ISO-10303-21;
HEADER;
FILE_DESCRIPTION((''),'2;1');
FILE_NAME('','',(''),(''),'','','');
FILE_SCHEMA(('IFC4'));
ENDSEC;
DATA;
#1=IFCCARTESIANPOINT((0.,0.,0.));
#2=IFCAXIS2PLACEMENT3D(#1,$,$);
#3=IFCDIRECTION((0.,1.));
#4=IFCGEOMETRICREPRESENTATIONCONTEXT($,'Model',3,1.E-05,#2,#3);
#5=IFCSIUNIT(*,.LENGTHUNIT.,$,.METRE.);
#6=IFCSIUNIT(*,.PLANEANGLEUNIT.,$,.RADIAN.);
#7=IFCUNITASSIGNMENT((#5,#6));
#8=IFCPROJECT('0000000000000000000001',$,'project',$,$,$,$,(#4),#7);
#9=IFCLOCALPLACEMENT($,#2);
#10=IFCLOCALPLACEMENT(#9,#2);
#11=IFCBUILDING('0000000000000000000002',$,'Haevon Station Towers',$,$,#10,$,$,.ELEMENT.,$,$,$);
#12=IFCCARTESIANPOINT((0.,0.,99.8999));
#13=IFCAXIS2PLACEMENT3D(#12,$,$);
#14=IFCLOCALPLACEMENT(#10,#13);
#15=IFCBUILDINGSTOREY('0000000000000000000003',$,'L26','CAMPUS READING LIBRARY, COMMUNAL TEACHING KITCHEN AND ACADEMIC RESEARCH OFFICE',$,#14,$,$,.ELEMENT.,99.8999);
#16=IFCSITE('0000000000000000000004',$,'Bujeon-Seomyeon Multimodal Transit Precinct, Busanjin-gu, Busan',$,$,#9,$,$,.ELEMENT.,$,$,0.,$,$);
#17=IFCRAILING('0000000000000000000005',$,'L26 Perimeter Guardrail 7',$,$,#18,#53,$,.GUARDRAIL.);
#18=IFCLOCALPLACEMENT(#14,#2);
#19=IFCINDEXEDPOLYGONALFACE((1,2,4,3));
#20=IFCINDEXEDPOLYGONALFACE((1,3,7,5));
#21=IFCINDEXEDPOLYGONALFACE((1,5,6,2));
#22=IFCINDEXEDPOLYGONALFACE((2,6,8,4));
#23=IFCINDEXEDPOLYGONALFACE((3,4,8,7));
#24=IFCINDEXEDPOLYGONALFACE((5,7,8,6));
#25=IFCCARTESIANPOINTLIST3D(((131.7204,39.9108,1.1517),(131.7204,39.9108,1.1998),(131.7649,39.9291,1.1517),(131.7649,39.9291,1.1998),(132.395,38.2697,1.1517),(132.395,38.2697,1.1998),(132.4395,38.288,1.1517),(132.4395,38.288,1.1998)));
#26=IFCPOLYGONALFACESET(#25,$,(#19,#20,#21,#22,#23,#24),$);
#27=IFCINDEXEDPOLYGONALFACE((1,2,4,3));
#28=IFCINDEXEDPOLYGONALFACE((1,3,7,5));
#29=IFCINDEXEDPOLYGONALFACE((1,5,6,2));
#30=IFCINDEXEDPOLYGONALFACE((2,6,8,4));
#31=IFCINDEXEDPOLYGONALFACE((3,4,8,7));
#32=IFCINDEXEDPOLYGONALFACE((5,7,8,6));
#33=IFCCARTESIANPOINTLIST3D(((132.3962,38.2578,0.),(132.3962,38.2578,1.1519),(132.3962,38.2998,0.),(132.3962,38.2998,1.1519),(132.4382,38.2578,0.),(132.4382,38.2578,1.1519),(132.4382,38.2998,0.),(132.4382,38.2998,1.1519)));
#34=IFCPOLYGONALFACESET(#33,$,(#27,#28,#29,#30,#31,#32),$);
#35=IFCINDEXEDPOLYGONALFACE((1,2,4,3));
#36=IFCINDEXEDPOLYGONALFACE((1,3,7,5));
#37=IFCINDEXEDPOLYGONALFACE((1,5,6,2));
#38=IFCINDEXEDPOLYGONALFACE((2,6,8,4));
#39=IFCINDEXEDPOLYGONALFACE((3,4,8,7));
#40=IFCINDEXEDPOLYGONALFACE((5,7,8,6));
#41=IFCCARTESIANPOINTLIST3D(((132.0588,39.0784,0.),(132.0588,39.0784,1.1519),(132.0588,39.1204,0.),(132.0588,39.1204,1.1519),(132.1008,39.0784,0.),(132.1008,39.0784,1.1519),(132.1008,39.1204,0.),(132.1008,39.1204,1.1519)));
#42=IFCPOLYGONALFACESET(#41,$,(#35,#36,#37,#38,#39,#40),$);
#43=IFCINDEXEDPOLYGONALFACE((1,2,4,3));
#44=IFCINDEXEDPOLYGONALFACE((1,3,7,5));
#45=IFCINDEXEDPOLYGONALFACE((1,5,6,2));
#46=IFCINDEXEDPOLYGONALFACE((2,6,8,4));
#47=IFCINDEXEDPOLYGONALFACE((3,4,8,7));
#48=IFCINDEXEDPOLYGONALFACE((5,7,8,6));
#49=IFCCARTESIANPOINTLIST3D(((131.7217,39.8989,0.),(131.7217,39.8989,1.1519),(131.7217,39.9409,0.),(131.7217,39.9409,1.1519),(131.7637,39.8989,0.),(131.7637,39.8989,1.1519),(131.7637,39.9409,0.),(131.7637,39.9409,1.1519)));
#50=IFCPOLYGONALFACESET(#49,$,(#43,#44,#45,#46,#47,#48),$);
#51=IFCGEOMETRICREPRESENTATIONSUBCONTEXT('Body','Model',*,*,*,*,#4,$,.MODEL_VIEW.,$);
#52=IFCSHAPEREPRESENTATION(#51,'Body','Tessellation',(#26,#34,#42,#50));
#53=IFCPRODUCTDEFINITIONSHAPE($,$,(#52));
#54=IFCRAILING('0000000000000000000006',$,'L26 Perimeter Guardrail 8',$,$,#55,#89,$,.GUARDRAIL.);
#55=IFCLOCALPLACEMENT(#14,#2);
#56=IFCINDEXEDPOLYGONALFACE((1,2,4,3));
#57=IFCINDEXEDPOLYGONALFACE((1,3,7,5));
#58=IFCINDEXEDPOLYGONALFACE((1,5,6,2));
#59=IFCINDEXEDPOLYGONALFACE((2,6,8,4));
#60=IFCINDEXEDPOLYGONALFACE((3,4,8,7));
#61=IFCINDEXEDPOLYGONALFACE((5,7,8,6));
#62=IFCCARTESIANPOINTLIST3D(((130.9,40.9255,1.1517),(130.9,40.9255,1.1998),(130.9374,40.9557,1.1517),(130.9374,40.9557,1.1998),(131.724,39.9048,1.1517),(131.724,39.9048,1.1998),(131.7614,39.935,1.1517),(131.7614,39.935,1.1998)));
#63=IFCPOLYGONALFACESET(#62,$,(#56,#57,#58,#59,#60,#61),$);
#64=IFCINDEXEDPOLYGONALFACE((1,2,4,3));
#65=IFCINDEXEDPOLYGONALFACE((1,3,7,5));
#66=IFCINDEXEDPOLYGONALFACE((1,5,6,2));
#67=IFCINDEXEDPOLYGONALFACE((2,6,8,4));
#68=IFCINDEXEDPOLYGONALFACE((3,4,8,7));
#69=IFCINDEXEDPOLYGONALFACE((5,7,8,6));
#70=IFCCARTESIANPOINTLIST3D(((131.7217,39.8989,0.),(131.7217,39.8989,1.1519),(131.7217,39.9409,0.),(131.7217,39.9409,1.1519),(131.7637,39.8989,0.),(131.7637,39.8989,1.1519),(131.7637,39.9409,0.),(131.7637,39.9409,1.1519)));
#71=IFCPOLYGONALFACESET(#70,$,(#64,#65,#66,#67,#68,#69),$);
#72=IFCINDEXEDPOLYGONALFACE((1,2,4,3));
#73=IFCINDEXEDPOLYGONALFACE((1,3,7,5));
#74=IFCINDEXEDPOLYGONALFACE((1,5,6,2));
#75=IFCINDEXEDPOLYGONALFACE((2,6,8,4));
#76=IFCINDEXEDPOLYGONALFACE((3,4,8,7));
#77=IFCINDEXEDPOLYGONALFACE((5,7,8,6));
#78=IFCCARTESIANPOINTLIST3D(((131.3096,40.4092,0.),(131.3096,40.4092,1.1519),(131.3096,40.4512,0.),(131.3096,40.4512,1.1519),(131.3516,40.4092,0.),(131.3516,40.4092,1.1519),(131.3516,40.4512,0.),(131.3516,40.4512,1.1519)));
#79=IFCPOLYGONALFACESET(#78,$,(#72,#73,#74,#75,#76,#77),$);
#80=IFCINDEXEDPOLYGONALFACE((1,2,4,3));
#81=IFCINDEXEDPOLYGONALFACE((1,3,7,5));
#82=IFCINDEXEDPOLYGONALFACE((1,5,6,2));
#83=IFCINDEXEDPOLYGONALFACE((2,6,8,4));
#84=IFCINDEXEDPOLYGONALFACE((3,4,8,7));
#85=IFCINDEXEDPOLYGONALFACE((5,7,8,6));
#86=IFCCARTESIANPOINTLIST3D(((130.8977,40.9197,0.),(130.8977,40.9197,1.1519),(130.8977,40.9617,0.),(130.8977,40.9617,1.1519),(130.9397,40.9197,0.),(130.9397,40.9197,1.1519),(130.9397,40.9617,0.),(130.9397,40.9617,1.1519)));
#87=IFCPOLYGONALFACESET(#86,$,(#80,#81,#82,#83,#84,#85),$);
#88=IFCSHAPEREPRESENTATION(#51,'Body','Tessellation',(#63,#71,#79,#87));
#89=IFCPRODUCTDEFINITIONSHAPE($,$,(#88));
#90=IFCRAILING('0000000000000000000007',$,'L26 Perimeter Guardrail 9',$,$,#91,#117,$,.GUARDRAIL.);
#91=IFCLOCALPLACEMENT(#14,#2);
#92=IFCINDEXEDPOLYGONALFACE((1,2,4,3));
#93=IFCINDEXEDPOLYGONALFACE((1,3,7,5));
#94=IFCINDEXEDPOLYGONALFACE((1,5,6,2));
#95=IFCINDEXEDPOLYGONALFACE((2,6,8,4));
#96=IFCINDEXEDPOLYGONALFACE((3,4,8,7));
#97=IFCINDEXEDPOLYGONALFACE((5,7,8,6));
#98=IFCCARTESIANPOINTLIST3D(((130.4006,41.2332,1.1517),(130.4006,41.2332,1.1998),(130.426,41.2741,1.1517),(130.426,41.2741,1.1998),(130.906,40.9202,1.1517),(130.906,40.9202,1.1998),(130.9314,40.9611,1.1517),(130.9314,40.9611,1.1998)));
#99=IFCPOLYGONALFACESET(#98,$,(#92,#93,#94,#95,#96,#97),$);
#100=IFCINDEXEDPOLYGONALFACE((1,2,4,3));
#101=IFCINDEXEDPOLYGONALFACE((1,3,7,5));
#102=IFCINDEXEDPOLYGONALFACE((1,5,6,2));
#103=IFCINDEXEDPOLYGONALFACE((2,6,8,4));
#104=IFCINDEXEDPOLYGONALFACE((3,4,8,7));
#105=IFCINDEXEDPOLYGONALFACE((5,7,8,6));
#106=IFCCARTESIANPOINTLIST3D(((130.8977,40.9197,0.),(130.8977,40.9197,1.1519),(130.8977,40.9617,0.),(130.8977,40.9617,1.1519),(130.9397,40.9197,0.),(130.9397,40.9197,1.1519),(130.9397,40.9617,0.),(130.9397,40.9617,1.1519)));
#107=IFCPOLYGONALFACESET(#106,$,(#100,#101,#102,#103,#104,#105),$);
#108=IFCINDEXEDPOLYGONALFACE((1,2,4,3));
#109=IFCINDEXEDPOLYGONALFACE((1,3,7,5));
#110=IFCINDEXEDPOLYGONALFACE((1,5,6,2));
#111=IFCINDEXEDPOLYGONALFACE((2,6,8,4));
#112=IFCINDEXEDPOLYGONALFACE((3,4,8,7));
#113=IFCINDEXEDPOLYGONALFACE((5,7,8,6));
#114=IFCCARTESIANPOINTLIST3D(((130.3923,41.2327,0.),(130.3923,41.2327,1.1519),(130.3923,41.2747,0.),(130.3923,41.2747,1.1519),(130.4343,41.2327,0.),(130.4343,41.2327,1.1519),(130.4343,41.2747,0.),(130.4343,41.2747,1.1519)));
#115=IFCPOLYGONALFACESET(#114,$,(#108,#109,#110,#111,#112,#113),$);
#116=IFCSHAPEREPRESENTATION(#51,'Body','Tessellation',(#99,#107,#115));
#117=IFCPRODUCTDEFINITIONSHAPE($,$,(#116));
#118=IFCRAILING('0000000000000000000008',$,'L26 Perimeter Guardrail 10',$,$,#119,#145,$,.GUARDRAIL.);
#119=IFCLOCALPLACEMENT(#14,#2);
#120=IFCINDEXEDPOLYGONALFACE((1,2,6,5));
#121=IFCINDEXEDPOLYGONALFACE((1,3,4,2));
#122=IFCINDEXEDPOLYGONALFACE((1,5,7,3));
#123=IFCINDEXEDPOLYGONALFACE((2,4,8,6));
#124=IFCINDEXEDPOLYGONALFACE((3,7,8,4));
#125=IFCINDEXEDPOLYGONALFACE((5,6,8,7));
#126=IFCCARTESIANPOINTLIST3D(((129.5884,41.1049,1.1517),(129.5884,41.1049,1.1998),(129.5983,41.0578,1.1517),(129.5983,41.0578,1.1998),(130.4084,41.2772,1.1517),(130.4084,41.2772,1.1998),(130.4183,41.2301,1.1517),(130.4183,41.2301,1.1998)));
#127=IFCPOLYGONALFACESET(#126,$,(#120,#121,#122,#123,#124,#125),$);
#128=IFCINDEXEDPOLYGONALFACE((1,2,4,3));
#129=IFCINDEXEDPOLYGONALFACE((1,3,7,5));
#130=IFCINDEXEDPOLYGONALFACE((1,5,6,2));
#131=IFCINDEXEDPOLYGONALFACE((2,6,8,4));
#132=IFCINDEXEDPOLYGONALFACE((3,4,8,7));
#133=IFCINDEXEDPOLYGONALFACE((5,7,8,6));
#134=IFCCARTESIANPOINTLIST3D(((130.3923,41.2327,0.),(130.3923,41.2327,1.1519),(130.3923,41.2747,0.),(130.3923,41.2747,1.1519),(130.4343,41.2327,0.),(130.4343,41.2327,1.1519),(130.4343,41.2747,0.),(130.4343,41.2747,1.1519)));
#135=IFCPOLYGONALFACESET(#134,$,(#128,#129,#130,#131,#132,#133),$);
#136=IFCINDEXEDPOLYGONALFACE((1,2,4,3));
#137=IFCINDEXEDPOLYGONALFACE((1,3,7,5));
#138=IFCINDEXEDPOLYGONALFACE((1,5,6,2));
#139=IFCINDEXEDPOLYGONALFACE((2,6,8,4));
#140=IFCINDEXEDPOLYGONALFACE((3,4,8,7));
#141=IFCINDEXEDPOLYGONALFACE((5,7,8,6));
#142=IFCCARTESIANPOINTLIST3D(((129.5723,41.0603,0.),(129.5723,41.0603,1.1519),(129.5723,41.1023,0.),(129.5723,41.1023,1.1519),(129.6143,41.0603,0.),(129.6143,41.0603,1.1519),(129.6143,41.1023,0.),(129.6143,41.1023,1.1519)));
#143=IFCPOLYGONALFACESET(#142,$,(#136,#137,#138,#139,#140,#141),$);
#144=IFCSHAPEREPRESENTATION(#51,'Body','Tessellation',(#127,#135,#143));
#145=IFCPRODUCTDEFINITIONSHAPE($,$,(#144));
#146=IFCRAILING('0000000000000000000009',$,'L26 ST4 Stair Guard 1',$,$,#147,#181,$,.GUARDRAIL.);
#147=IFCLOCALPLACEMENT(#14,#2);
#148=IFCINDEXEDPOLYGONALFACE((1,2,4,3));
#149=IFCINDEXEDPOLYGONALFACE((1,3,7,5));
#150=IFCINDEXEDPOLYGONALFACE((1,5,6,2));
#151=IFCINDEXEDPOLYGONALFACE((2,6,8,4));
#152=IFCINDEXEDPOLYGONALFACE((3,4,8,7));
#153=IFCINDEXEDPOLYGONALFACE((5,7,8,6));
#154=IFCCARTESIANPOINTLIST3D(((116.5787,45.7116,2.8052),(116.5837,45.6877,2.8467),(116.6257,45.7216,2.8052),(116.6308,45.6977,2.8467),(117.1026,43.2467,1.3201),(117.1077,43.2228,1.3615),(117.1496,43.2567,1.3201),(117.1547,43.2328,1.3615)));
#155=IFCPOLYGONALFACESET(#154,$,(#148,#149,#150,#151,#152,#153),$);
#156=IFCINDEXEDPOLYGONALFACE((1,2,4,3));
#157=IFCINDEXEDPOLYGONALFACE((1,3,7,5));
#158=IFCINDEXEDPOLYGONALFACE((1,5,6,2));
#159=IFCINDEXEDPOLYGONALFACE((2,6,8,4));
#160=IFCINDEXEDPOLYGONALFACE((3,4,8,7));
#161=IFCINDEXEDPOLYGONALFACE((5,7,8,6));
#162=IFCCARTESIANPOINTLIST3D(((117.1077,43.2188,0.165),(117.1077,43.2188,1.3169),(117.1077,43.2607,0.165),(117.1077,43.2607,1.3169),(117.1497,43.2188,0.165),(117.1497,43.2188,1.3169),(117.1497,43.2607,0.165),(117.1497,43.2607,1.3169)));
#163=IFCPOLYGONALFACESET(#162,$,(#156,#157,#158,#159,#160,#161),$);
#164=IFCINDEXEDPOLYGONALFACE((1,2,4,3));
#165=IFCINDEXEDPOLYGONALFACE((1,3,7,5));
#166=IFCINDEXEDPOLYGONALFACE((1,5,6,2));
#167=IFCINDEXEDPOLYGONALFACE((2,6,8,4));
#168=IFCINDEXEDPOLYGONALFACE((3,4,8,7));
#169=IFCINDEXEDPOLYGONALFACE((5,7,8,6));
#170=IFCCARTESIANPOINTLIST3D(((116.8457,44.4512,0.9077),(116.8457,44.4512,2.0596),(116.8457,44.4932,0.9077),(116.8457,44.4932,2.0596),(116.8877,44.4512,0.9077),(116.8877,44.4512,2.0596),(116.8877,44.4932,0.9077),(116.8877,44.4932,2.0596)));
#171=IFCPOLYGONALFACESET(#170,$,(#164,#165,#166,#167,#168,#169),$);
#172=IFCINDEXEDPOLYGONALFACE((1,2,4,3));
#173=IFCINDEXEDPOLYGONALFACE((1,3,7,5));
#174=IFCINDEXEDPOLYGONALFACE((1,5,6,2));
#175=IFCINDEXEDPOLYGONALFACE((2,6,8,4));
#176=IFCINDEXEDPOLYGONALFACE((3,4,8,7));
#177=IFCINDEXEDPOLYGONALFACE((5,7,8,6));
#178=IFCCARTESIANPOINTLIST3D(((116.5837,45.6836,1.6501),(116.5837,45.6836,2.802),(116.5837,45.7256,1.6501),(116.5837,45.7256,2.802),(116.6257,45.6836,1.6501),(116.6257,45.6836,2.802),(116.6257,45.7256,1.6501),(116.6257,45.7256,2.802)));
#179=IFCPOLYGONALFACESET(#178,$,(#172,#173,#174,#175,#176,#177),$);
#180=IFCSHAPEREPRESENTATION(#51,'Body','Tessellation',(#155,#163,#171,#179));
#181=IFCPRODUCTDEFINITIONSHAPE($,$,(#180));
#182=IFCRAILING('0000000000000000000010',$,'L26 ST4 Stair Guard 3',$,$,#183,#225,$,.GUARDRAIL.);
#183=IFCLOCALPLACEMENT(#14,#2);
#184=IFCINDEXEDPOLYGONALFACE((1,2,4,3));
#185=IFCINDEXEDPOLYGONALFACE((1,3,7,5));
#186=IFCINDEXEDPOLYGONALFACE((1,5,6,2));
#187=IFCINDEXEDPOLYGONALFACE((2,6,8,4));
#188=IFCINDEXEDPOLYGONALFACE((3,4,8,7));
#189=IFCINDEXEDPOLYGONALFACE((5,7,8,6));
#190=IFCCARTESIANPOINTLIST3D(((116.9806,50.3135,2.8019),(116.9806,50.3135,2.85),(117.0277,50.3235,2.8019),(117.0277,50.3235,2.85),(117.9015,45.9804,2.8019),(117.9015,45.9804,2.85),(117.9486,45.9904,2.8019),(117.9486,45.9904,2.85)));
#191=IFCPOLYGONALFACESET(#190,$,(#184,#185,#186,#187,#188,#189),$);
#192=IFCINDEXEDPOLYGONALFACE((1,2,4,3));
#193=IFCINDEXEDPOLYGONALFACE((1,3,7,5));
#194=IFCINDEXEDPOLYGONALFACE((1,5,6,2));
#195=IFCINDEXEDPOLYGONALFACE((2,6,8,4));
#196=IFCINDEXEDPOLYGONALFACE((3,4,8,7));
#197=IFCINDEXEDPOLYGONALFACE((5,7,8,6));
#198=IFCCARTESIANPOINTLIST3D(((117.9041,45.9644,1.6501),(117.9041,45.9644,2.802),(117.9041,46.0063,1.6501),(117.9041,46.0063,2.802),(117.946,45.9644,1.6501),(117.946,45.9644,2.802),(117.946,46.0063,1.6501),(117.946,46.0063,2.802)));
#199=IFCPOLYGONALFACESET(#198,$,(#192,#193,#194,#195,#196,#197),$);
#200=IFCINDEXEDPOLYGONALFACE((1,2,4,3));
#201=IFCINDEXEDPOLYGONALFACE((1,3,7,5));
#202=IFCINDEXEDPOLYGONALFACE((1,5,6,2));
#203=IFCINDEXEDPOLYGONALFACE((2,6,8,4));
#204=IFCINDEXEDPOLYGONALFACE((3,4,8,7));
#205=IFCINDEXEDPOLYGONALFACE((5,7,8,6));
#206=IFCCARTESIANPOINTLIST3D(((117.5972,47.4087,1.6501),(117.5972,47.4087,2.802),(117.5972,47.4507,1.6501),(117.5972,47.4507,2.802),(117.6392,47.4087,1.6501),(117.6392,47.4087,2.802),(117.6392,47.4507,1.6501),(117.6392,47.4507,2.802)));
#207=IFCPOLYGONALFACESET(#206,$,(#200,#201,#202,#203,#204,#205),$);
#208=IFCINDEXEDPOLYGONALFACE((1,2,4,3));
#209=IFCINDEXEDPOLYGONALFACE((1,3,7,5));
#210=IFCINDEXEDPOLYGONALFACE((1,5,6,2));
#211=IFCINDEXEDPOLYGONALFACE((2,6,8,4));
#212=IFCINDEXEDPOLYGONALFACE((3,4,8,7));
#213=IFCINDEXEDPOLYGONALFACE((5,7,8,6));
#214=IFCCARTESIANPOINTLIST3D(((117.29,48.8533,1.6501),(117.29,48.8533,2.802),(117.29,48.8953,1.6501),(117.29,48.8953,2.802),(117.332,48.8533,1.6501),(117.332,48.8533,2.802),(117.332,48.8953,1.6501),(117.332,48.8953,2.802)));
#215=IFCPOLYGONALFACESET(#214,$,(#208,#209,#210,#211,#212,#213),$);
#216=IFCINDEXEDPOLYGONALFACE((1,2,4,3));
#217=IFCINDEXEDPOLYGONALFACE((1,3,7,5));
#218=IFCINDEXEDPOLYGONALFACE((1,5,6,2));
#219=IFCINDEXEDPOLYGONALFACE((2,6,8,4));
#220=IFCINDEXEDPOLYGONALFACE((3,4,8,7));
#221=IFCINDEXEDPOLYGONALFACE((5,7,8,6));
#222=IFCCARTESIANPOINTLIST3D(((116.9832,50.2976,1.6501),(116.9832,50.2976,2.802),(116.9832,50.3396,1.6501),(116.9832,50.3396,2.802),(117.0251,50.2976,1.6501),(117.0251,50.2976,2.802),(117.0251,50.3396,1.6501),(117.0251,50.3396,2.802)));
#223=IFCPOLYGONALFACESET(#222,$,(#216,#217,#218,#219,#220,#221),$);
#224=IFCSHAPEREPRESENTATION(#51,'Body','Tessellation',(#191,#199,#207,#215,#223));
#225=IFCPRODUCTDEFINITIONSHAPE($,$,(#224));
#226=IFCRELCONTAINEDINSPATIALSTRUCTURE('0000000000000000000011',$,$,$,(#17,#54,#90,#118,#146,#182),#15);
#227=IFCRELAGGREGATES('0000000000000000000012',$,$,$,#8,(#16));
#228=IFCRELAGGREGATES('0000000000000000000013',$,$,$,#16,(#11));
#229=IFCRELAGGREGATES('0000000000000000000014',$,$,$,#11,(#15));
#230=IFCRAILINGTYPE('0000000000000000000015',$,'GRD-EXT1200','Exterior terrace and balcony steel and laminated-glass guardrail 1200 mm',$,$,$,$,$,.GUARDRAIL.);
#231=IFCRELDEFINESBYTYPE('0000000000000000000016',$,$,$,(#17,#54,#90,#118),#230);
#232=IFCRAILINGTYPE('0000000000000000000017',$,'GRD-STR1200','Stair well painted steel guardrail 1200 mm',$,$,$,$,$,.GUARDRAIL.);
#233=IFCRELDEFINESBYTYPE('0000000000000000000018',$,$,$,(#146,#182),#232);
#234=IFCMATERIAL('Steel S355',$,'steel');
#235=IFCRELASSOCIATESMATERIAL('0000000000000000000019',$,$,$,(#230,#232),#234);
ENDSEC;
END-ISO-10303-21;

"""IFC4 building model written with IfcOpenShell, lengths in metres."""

from ifc_helpers import new_model, si_unit, direction, frame, origin, origin_2d, place, context, subcontext, project, spatial, rectangle, extrude, material, type_object, element, save


model = new_model("IFC4")

# Units and contexts
model_context = context("Model", 3, precision=1e-05, world=origin(), true_north=direction((0.0, 1.0)))
body_context = subcontext(model_context, "Body", "Model", "MODEL_VIEW")
ifc_project = project(units=[si_unit("LENGTHUNIT", "METRE"), si_unit("PLANEANGLEUNIT", "RADIAN")], contexts=[model_context])

# Site, building, storey
site_placement = place(None, origin())
site = spatial("IfcSite", under=ifc_project, at=site_placement, Name="Bujeon-Seomyeon Multimodal Transit Precinct, Busanjin-gu, Busan", CompositionType="ELEMENT", RefElevation=0.0)
building_placement = place(site_placement, origin())
building = spatial("IfcBuilding", under=site, at=building_placement, Name="Haevon Station Towers", CompositionType="ELEMENT")
storey_placement = place(building_placement, frame((0.0, 0.0, 99.8999)))
storey = spatial("IfcBuildingStorey", under=building, at=storey_placement, Name="L26", Description="CAMPUS READING LIBRARY, COMMUNAL TEACHING KITCHEN AND ACADEMIC RESEARCH OFFICE", CompositionType="ELEMENT", Elevation=99.8999)

# Shared definitions
ifc_material_1 = material(Name="Steel S355", Category="steel")

# Railings
railing_type_1 = type_object("IfcRailingType", Name="GRD-EXT1200", Description="Exterior terrace and balcony steel and laminated-glass guardrail 1200 mm", PredefinedType="GUARDRAIL", material=ifc_material_1)
railing_1_placement = place(storey_placement, frame((132.4172, 38.2788, 0.0)))
element("IfcRailing", 1, at=railing_1_placement, inside=storey, type_object=railing_type_1, Name="L26 Perimeter Guardrail 7", PredefinedType="GUARDRAIL", context=body_context, shape_type="SweptSolid", body=[
    extrude(rectangle(XDim=0.0481, YDim=0.0481, at=origin_2d()), frame((0.0, 0.0, 1.1758), z_axis=(-0.380175, 0.924914, 0.0), x_axis=(-0.924914, -0.380175, 0.0)), (0.0, 0.0, 1.0), 1.7744),
    extrude(rectangle(XDim=0.042, YDim=0.042, at=origin_2d()), origin(), (0.0, 0.0, 1.0), 1.1519),
    extrude(rectangle(XDim=0.042, YDim=0.042, at=origin_2d()), frame((-0.3374, 0.8206, 0.0)), (0.0, 0.0, 1.0), 1.1519),
    extrude(rectangle(XDim=0.042, YDim=0.042, at=origin_2d()), frame((-0.6746, 1.6411, 0.0)), (0.0, 0.0, 1.0), 1.1519),
])
railing_2_placement = place(storey_placement, frame((131.7427, 39.9199, 0.0)))
element("IfcRailing", 2, at=railing_2_placement, inside=storey, type_object=railing_type_1, Name="L26 Perimeter Guardrail 8", PredefinedType="GUARDRAIL", context=body_context, shape_type="SweptSolid", body=[
    extrude(rectangle(XDim=0.0481, YDim=0.0481, at=origin_2d()), frame((0.0, 0.0, 1.1758), z_axis=(-0.628116, 0.77812, 0.0), x_axis=(-0.77812, -0.628116, 0.0)), (0.0, 0.0, 1.0), 1.3118),
    extrude(rectangle(XDim=0.042, YDim=0.042, at=origin_2d()), origin(), (0.0, 0.0, 1.0), 1.1519),
    extrude(rectangle(XDim=0.042, YDim=0.042, at=origin_2d()), frame((-0.4121, 0.5103, 0.0)), (0.0, 0.0, 1.0), 1.1519),
    extrude(rectangle(XDim=0.042, YDim=0.042, at=origin_2d()), frame((-0.824, 1.0208, 0.0)), (0.0, 0.0, 1.0), 1.1519),
])
railing_3_placement = place(storey_placement, frame((130.9187, 40.9407, 0.0)))
element("IfcRailing", 3, at=railing_3_placement, inside=storey, type_object=railing_type_1, Name="L26 Perimeter Guardrail 9", PredefinedType="GUARDRAIL", context=body_context, shape_type="SweptSolid", body=[
    extrude(rectangle(XDim=0.0481, YDim=0.0481, at=origin_2d()), frame((0.0, 0.0, 1.1758), z_axis=(-0.85016, 0.526524, 0.0), x_axis=(-0.526524, -0.85016, 0.0)), (0.0, 0.0, 1.0), 0.5945),
    extrude(rectangle(XDim=0.042, YDim=0.042, at=origin_2d()), origin(), (0.0, 0.0, 1.0), 1.1519),
    extrude(rectangle(XDim=0.042, YDim=0.042, at=origin_2d()), frame((-0.5054, 0.313, 0.0)), (0.0, 0.0, 1.0), 1.1519),
])
railing_4_placement = place(storey_placement, frame((130.4133, 41.2537, 0.0)))
element("IfcRailing", 4, at=railing_4_placement, inside=storey, type_object=railing_type_1, Name="L26 Perimeter Guardrail 10", PredefinedType="GUARDRAIL", context=body_context, shape_type="SweptSolid", body=[
    extrude(rectangle(XDim=0.0481, YDim=0.0481, at=origin_2d()), frame((0.0, 0.0, 1.1758), z_axis=(-0.978618, -0.205687, 0.0), x_axis=(0.205687, -0.978618, 0.0)), (0.0, 0.0, 1.0), 0.8379),
    extrude(rectangle(XDim=0.042, YDim=0.042, at=origin_2d()), origin(), (0.0, 0.0, 1.0), 1.1519),
    extrude(rectangle(XDim=0.042, YDim=0.042, at=origin_2d()), frame((-0.8201, -0.1724, 0.0)), (0.0, 0.0, 1.0), 1.1519),
])
railing_type_2 = type_object("IfcRailingType", Name="GRD-STR1200", Description="Stair well painted steel guardrail 1200 mm", PredefinedType="GUARDRAIL", material=ifc_material_1)
railing_5_placement = place(storey_placement, frame((117.1287, 43.2397, 0.165)))
element("IfcRailing", 5, at=railing_5_placement, inside=storey, type_object=railing_type_2, Name="L26 ST4 Stair Guard 1", PredefinedType="GUARDRAIL", context=body_context, shape_type="SweptSolid", body=[
    extrude(rectangle(XDim=0.0481, YDim=0.0481, at=origin_2d()), frame((0.0, 0.0, 1.1758), z_axis=(-0.179121, 0.842688, 0.507733), x_axis=(-0.978147, -0.207914, 0.0)), (0.0, 0.0, 1.0), 2.925),
    extrude(rectangle(XDim=0.042, YDim=0.042, at=origin_2d()), origin(), (0.0, 0.0, 1.0), 1.1519),
    extrude(rectangle(XDim=0.042, YDim=0.042, at=origin_2d()), frame((-0.262, 1.2324, 0.7427)), (0.0, 0.0, 1.0), 1.1519),
    extrude(rectangle(XDim=0.042, YDim=0.042, at=origin_2d()), frame((-0.5239, 2.4648, 1.4851)), (0.0, 0.0, 1.0), 1.1519),
])
railing_6_placement = place(storey_placement, frame((117.925, 45.9854, 1.6501)))
element("IfcRailing", 6, at=railing_6_placement, inside=storey, type_object=railing_type_2, Name="L26 ST4 Stair Guard 3", PredefinedType="GUARDRAIL", context=body_context, shape_type="SweptSolid", body=[
    extrude(rectangle(XDim=0.0481, YDim=0.0481, at=origin_2d()), frame((0.0, 0.0, 1.1758), z_axis=(-0.207877, 0.978155, 0.0), x_axis=(-0.978155, -0.207877, 0.0)), (0.0, 0.0, 1.0), 4.4299),
    extrude(rectangle(XDim=0.042, YDim=0.042, at=origin_2d()), origin(), (0.0, 0.0, 1.0), 1.1519),
    extrude(rectangle(XDim=0.042, YDim=0.042, at=origin_2d()), frame((-0.3069, 1.4443, 0.0)), (0.0, 0.0, 1.0), 1.1519),
    extrude(rectangle(XDim=0.042, YDim=0.042, at=origin_2d()), frame((-0.614, 2.8889, 0.0)), (0.0, 0.0, 1.0), 1.1519),
    extrude(rectangle(XDim=0.042, YDim=0.042, at=origin_2d()), frame((-0.9209, 4.3333, 0.0)), (0.0, 0.0, 1.0), 1.1519),
])

save(model, "model.ifc")
